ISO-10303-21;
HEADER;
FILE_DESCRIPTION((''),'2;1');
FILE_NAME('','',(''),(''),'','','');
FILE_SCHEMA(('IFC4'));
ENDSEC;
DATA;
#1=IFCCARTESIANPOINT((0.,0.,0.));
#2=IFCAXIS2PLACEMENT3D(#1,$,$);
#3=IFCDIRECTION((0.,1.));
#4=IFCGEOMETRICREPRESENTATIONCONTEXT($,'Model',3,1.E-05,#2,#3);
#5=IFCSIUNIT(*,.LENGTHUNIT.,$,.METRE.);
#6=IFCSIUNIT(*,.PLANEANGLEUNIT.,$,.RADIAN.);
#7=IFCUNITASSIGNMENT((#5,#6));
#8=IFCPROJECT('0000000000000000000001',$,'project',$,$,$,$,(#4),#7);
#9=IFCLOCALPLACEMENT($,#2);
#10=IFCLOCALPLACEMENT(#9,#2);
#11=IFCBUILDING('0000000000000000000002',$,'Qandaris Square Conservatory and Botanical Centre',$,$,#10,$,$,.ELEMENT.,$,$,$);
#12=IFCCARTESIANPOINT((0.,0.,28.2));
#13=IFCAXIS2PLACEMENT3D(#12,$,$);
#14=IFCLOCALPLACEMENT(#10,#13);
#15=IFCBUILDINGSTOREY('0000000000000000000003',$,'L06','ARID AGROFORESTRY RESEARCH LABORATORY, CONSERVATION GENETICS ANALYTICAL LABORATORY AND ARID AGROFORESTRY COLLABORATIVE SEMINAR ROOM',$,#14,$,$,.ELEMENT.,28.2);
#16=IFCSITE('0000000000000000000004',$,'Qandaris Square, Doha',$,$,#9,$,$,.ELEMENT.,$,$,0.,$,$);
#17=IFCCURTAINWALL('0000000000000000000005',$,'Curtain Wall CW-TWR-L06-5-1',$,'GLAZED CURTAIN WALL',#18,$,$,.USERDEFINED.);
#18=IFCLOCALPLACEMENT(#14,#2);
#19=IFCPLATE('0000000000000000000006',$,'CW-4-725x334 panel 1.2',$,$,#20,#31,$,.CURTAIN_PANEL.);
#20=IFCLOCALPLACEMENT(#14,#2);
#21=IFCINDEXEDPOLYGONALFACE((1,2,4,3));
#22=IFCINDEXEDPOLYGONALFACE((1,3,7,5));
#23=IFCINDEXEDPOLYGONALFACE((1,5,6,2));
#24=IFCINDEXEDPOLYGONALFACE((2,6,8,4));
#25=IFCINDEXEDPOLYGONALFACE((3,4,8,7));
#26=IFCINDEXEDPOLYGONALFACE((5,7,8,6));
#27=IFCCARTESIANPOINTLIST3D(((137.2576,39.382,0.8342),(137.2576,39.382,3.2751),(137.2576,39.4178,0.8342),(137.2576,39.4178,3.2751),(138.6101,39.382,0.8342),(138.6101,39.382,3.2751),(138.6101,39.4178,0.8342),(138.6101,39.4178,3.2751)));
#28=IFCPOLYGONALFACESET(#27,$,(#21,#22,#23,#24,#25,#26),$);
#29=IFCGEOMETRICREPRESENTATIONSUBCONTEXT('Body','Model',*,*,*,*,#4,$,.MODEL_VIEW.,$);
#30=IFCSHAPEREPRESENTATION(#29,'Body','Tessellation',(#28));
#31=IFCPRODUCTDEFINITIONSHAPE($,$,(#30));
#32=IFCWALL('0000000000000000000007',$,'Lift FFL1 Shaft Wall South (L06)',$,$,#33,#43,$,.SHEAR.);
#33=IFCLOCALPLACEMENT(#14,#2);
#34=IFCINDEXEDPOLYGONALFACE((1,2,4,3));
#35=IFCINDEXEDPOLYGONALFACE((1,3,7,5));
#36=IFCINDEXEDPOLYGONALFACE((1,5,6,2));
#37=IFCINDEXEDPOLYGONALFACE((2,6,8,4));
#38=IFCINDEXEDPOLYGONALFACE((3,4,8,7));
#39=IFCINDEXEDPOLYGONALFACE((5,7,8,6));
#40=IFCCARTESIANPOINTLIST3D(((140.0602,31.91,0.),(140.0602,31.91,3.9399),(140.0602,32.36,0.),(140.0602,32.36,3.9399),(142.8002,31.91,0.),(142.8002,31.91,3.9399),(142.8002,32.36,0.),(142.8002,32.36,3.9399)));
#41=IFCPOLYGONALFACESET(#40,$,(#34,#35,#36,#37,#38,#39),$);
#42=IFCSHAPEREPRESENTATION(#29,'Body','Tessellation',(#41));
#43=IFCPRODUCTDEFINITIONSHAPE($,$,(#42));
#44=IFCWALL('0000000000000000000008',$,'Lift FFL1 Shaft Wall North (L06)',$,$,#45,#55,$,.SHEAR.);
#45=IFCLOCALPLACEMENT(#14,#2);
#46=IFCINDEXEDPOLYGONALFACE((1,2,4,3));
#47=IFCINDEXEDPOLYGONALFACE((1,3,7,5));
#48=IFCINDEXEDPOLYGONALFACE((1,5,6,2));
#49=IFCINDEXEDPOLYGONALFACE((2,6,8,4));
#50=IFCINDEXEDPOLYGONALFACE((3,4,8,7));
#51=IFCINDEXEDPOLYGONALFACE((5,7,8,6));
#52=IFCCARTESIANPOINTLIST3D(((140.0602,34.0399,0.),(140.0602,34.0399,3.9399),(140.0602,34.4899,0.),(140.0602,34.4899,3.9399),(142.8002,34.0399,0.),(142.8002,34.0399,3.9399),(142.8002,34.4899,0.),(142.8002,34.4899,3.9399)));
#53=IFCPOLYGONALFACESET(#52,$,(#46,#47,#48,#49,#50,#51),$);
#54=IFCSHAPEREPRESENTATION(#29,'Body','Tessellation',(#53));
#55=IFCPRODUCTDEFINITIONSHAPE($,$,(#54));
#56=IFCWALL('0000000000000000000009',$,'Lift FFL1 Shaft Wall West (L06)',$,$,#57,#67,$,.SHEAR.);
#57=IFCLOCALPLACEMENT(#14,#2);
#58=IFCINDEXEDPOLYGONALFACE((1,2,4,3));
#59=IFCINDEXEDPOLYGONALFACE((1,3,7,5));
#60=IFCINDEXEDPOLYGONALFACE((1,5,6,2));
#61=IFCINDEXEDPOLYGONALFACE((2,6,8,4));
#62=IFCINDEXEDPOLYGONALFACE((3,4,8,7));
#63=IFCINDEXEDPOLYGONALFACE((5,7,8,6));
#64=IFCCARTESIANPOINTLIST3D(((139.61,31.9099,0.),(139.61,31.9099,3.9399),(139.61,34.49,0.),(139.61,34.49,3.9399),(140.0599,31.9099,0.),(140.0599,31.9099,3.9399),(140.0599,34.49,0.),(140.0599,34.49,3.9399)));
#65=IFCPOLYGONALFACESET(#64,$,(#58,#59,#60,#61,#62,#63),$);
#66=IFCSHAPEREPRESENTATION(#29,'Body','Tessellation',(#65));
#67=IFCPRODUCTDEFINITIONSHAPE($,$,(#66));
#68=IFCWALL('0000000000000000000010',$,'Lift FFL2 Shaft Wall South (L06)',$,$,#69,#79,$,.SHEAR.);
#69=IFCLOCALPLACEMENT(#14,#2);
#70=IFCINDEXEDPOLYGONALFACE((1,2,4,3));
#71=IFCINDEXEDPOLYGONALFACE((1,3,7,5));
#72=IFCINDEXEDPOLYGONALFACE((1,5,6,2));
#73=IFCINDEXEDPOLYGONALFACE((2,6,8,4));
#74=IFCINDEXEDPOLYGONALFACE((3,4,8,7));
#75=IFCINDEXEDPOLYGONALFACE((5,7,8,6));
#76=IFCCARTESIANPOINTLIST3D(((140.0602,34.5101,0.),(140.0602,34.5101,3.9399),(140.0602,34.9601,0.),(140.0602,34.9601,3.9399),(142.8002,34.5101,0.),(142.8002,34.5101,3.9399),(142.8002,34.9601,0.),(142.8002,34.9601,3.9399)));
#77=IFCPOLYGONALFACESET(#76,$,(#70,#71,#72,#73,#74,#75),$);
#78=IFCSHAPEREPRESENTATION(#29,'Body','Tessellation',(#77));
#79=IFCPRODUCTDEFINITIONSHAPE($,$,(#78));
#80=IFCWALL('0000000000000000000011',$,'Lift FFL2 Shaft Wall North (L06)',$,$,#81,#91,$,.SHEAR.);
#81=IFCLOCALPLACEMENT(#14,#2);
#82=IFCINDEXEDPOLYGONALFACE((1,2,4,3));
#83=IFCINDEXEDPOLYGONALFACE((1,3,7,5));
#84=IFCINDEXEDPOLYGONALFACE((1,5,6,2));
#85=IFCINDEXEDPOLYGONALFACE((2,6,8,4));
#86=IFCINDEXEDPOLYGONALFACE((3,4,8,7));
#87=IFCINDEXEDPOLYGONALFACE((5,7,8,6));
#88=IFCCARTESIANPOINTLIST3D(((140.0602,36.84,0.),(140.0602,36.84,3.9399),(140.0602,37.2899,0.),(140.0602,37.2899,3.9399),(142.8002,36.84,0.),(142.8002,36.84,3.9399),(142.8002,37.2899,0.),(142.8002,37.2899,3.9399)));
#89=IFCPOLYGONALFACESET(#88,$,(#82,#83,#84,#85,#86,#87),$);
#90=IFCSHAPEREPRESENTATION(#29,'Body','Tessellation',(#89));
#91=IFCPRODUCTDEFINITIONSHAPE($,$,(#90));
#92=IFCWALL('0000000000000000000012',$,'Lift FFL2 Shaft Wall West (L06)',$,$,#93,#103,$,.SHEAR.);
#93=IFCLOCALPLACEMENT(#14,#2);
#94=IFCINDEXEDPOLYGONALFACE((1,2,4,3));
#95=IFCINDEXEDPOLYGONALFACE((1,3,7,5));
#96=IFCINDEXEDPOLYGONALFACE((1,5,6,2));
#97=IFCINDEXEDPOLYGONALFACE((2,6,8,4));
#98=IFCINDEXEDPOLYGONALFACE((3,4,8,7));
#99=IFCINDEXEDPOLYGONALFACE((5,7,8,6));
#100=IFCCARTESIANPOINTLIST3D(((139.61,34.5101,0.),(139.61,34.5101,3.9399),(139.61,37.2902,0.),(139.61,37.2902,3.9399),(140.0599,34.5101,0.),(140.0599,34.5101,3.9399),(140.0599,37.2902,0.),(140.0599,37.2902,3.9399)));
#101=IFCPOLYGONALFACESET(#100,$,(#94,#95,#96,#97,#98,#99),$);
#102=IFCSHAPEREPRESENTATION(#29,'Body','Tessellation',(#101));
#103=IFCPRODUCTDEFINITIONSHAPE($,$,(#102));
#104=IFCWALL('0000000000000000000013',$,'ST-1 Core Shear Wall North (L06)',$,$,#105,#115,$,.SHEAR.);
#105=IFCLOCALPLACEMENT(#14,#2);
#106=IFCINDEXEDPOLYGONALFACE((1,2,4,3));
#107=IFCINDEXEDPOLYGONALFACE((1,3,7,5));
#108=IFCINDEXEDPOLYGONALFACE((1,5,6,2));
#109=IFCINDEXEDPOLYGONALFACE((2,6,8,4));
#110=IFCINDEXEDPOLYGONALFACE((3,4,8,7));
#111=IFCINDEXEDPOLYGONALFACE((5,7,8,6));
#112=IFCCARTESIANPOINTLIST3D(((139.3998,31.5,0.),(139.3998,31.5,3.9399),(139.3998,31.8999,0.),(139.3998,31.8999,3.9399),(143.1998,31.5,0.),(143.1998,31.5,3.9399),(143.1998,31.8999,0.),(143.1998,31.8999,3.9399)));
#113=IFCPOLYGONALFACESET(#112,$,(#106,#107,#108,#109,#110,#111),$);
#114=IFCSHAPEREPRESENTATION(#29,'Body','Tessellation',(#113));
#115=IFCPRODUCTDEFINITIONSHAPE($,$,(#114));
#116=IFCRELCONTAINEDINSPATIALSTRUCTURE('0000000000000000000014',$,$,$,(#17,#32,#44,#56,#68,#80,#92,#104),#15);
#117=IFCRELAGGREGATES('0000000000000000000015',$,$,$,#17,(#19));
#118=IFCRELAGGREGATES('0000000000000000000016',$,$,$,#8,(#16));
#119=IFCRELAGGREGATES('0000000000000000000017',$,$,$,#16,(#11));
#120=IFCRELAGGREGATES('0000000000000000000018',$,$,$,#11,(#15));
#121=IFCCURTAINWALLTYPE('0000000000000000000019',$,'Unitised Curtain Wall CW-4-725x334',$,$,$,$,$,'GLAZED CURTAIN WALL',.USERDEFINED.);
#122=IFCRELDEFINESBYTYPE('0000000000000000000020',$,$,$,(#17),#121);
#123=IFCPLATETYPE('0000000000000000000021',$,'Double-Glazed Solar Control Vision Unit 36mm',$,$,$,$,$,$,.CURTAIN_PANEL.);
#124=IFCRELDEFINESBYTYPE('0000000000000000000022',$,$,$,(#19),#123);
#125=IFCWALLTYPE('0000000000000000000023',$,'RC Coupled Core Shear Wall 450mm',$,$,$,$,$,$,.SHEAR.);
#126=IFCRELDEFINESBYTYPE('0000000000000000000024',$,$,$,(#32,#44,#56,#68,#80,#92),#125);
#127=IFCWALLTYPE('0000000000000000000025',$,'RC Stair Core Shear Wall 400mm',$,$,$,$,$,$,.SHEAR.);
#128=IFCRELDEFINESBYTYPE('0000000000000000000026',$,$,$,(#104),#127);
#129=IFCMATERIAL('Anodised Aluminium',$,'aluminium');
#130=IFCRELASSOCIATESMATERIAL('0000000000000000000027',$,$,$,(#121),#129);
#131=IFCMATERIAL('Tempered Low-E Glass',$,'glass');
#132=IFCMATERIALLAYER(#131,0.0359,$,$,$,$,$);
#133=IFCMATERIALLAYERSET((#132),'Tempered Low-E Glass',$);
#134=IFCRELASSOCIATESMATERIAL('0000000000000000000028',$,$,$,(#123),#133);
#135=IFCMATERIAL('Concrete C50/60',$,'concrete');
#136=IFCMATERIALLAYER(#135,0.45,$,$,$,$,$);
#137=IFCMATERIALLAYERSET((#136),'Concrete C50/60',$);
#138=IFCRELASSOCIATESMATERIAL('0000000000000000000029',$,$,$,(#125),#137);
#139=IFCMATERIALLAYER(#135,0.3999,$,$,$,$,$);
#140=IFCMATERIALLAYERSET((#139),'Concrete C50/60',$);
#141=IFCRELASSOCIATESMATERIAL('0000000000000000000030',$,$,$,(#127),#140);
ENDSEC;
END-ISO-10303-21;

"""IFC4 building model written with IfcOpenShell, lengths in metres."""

from ifc_helpers import new_model, si_unit, direction, frame, frame_2d, origin, origin_2d, place, context, subcontext, project, spatial, rectangle, extrude, material, layer, layer_set, type_object, element, aggregate, save


model = new_model("IFC4")

# Units and contexts
model_context = context("Model", 3, precision=1e-05, world=origin(), true_north=direction((0.0, 1.0)))
body_context = subcontext(model_context, "Body", "Model", "MODEL_VIEW")
ifc_project = project(units=[si_unit("LENGTHUNIT", "METRE"), si_unit("PLANEANGLEUNIT", "RADIAN")], contexts=[model_context])

# Site, building, storey
site_placement = place(None, origin())
site = spatial("IfcSite", under=ifc_project, at=site_placement, Name="Qandaris Square, Doha", CompositionType="ELEMENT", RefElevation=0.0)
building_placement = place(site_placement, origin())
building = spatial("IfcBuilding", under=site, at=building_placement, Name="Qandaris Square Conservatory and Botanical Centre", CompositionType="ELEMENT")
storey_placement = place(building_placement, frame((0.0, 0.0, 28.2)))
storey = spatial("IfcBuildingStorey", under=building, at=storey_placement, Name="L06", Description="ARID AGROFORESTRY RESEARCH LABORATORY, CONSERVATION GENETICS ANALYTICAL LABORATORY AND ARID AGROFORESTRY COLLABORATIVE SEMINAR ROOM", CompositionType="ELEMENT", Elevation=28.2)

# Shared definitions
ifc_material_1 = material(Name="Concrete C50/60", Category="concrete")

# Curtain wall
ifc_material_2 = material(Name="Anodised Aluminium", Category="aluminium")
curtain_wall_type = type_object("IfcCurtainWallType", Name="Unitised Curtain Wall CW-4-725x334", ElementType="GLAZED CURTAIN WALL", PredefinedType="USERDEFINED", material=ifc_material_2)
curtain_wall_placement = place(storey_placement, origin())
curtain_wall = element("IfcCurtainWall", 1, at=curtain_wall_placement, inside=storey, type_object=curtain_wall_type, Name="Curtain Wall CW-TWR-L06-5-1", ObjectType="GLAZED CURTAIN WALL", PredefinedType="USERDEFINED")

# Plate
ifc_material_3 = material(Name="Tempered Low-E Glass", Category="glass")
ifc_layer_1 = layer(ifc_material_3, 0.0359)
ifc_layer_set_1 = layer_set([ifc_layer_1], Name="Tempered Low-E Glass")
plate_type = type_object("IfcPlateType", Name="Double-Glazed Solar Control Vision Unit 36mm", PredefinedType="CURTAIN_PANEL", material=ifc_layer_set_1)
plate_1_placement = place(storey_placement, frame((137.9338, 39.3999, 0.8342), z_axis=(0.0, 0.0, 1.0), x_axis=(-1.0, 0.0, 0.0)))
plate_1 = element("IfcPlate", 2, at=plate_1_placement, type_object=plate_type, Name="CW-4-725x334 panel 1.2", PredefinedType="CURTAIN_PANEL", context=body_context, shape_type="SweptSolid", body=[
    extrude(rectangle(XDim=1.3525, YDim=0.0359, at=origin_2d()), origin(), (0.0, 0.0, 1.0), 2.4409),
])
aggregate(curtain_wall, [plate_1])

# Walls
ifc_layer_2 = layer(ifc_material_1, 0.45)
ifc_layer_set_2 = layer_set([ifc_layer_2], Name="Concrete C50/60")
wall_type_1 = type_object("IfcWallType", Name="RC Coupled Core Shear Wall 450mm", PredefinedType="SHEAR", material=ifc_layer_set_2)
for number, where, z_axis, x_axis, name in (
    (3, (140.0601, 32.135, 0.0), (0.0, 0.0, 1.0), (1.0, 0.0, 0.0), "Lift FFL1 Shaft Wall South (L06)"),
    (4, (140.0601, 34.2649, 0.0), (0.0, 0.0, 1.0), (1.0, 0.0, 0.0), "Lift FFL1 Shaft Wall North (L06)"),
):
    element("IfcWall", number, at=place(storey_placement, frame(where, z_axis=z_axis, x_axis=x_axis)), inside=storey, type_object=wall_type_1, Name=name, PredefinedType="SHEAR", context=body_context, shape_type="SweptSolid", body=[
        extrude(rectangle(XDim=2.74, YDim=0.45, at=frame_2d((1.3701, 0.0))), origin(), (0.0, 0.0, 1.0), 3.9399),
    ])
wall_1_placement = place(storey_placement, frame((139.835, 31.9099, 0.0), z_axis=(0.0, 0.0, 1.0), x_axis=(0.0, 1.0, 0.0)))
element("IfcWall", 5, at=wall_1_placement, inside=storey, type_object=wall_type_1, Name="Lift FFL1 Shaft Wall West (L06)", PredefinedType="SHEAR", context=body_context, shape_type="SweptSolid", body=[
    extrude(rectangle(XDim=2.5801, YDim=0.45, at=frame_2d((1.29, 0.0))), origin(), (0.0, 0.0, 1.0), 3.9399),
])
for number, where, z_axis, x_axis, name in (
    (6, (140.0601, 34.7351, 0.0), (0.0, 0.0, 1.0), (1.0, 0.0, 0.0), "Lift FFL2 Shaft Wall South (L06)"),
    (7, (140.0601, 37.0649, 0.0), (0.0, 0.0, 1.0), (1.0, 0.0, 0.0), "Lift FFL2 Shaft Wall North (L06)"),
):
    element("IfcWall", number, at=place(storey_placement, frame(where, z_axis=z_axis, x_axis=x_axis)), inside=storey, type_object=wall_type_1, Name=name, PredefinedType="SHEAR", context=body_context, shape_type="SweptSolid", body=[
        extrude(rectangle(XDim=2.74, YDim=0.45, at=frame_2d((1.3701, 0.0))), origin(), (0.0, 0.0, 1.0), 3.9399),
    ])
wall_2_placement = place(storey_placement, frame((139.835, 34.51, 0.0), z_axis=(0.0, 0.0, 1.0), x_axis=(0.0, 1.0, 0.0)))
element("IfcWall", 8, at=wall_2_placement, inside=storey, type_object=wall_type_1, Name="Lift FFL2 Shaft Wall West (L06)", PredefinedType="SHEAR", context=body_context, shape_type="SweptSolid", body=[
    extrude(rectangle(XDim=2.78, YDim=0.45, at=frame_2d((1.3901, 0.0))), origin(), (0.0, 0.0, 1.0), 3.9399),
])
ifc_layer_3 = layer(ifc_material_1, 0.3999)
ifc_layer_set_3 = layer_set([ifc_layer_3], Name="Concrete C50/60")
wall_type_2 = type_object("IfcWallType", Name="RC Stair Core Shear Wall 400mm", PredefinedType="SHEAR", material=ifc_layer_set_3)
wall_3_placement = place(storey_placement, frame((139.3999, 31.7, 0.0), z_axis=(0.0, 0.0, 1.0), x_axis=(1.0, 0.0, 0.0)))
element("IfcWall", 9, at=wall_3_placement, inside=storey, type_object=wall_type_2, Name="ST-1 Core Shear Wall North (L06)", PredefinedType="SHEAR", context=body_context, shape_type="SweptSolid", body=[
    extrude(rectangle(XDim=3.8, YDim=0.3999, at=frame_2d((1.8999, 0.0))), origin(), (0.0, 0.0, 1.0), 3.9399),
])

save(model, "model.ifc")
